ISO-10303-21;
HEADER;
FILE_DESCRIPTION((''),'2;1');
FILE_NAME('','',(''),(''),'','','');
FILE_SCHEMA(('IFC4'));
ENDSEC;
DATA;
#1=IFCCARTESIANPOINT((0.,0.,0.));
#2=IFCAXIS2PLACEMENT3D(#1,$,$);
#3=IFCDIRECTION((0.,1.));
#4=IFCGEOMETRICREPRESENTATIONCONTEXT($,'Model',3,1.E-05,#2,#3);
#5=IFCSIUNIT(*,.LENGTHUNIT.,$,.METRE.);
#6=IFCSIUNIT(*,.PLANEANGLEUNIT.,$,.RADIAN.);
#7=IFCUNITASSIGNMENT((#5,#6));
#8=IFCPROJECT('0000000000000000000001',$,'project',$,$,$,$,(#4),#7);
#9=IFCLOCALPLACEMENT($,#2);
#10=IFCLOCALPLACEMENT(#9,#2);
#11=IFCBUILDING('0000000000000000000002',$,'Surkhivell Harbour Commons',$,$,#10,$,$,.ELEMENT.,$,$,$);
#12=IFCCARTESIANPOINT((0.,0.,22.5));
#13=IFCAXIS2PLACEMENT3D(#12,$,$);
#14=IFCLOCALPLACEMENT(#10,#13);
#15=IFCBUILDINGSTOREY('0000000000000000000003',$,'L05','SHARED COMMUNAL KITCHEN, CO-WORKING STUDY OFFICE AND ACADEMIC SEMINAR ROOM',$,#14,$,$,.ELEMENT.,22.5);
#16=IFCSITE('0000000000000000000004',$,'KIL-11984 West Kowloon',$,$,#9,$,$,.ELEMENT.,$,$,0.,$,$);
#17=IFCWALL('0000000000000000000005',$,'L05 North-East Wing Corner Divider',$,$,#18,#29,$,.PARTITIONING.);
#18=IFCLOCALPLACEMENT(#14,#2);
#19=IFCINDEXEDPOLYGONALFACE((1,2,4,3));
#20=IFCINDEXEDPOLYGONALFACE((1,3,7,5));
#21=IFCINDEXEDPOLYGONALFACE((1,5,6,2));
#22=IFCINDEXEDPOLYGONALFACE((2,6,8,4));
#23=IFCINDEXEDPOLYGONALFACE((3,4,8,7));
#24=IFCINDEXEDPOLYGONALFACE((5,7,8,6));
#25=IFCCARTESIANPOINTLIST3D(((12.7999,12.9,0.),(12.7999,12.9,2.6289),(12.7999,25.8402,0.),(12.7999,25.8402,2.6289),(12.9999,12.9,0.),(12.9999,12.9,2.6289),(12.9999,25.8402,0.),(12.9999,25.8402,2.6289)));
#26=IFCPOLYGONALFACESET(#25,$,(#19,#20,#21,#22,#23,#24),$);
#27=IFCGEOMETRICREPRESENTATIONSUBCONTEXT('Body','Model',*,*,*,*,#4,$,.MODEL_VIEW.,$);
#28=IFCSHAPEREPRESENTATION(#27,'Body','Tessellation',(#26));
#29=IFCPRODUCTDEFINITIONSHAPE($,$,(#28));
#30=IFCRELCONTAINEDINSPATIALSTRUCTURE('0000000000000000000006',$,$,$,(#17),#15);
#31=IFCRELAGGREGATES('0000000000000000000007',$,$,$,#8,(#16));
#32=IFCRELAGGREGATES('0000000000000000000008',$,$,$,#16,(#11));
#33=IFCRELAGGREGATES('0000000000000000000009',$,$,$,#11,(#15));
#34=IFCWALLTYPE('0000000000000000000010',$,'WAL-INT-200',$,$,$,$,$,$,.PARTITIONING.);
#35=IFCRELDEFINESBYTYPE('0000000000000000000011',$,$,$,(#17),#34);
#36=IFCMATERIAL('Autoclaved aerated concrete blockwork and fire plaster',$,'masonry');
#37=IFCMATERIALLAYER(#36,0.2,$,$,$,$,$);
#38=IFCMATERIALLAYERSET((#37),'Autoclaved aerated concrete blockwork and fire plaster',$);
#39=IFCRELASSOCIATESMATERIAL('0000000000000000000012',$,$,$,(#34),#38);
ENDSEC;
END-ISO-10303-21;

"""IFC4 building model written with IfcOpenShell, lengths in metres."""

from ifc_helpers import new_model, si_unit, direction, frame, frame_2d, origin, place, context, subcontext, project, spatial, rectangle, extrude, material, layer, layer_set, type_object, element, save


model = new_model("IFC4")

# Units and contexts
model_context = context("Model", 3, precision=1e-05, world=origin(), true_north=direction((0.0, 1.0)))
body_context = subcontext(model_context, "Body", "Model", "MODEL_VIEW")
ifc_project = project(units=[si_unit("LENGTHUNIT", "METRE"), si_unit("PLANEANGLEUNIT", "RADIAN")], contexts=[model_context])

# Site, building, storey
site_placement = place(None, origin())
site = spatial("IfcSite", under=ifc_project, at=site_placement, Name="KIL-11984 West Kowloon", CompositionType="ELEMENT", RefElevation=0.0)
building_placement = place(site_placement, origin())
building = spatial("IfcBuilding", under=site, at=building_placement, Name="Surkhivell Harbour Commons", CompositionType="ELEMENT")
storey_placement = place(building_placement, frame((0.0, 0.0, 22.5)))
storey = spatial("IfcBuildingStorey", under=building, at=storey_placement, Name="L05", Description="SHARED COMMUNAL KITCHEN, CO-WORKING STUDY OFFICE AND ACADEMIC SEMINAR ROOM", CompositionType="ELEMENT", Elevation=22.5)

# Wall
ifc_material_1 = material(Name="Autoclaved aerated concrete blockwork and fire plaster", Category="masonry")
ifc_layer_1 = layer(ifc_material_1, 0.2)
ifc_layer_set_1 = layer_set([ifc_layer_1], Name="Autoclaved aerated concrete blockwork and fire plaster")
wall_type = type_object("IfcWallType", Name="WAL-INT-200", PredefinedType="PARTITIONING", material=ifc_layer_set_1)
wall_placement = place(storey_placement, frame((12.8999, 12.8999, 0.0), z_axis=(0.0, 0.0, 1.0), x_axis=(0.0, 1.0, 0.0)))
element("IfcWall", 1, at=wall_placement, inside=storey, type_object=wall_type, Name="L05 North-East Wing Corner Divider", PredefinedType="PARTITIONING", context=body_context, shape_type="SweptSolid", body=[
    extrude(rectangle(XDim=12.9402, YDim=0.2, at=frame_2d((6.4702, 0.0))), origin(), (0.0, 0.0, 1.0), 2.6289),
])

save(model, "model.ifc")
